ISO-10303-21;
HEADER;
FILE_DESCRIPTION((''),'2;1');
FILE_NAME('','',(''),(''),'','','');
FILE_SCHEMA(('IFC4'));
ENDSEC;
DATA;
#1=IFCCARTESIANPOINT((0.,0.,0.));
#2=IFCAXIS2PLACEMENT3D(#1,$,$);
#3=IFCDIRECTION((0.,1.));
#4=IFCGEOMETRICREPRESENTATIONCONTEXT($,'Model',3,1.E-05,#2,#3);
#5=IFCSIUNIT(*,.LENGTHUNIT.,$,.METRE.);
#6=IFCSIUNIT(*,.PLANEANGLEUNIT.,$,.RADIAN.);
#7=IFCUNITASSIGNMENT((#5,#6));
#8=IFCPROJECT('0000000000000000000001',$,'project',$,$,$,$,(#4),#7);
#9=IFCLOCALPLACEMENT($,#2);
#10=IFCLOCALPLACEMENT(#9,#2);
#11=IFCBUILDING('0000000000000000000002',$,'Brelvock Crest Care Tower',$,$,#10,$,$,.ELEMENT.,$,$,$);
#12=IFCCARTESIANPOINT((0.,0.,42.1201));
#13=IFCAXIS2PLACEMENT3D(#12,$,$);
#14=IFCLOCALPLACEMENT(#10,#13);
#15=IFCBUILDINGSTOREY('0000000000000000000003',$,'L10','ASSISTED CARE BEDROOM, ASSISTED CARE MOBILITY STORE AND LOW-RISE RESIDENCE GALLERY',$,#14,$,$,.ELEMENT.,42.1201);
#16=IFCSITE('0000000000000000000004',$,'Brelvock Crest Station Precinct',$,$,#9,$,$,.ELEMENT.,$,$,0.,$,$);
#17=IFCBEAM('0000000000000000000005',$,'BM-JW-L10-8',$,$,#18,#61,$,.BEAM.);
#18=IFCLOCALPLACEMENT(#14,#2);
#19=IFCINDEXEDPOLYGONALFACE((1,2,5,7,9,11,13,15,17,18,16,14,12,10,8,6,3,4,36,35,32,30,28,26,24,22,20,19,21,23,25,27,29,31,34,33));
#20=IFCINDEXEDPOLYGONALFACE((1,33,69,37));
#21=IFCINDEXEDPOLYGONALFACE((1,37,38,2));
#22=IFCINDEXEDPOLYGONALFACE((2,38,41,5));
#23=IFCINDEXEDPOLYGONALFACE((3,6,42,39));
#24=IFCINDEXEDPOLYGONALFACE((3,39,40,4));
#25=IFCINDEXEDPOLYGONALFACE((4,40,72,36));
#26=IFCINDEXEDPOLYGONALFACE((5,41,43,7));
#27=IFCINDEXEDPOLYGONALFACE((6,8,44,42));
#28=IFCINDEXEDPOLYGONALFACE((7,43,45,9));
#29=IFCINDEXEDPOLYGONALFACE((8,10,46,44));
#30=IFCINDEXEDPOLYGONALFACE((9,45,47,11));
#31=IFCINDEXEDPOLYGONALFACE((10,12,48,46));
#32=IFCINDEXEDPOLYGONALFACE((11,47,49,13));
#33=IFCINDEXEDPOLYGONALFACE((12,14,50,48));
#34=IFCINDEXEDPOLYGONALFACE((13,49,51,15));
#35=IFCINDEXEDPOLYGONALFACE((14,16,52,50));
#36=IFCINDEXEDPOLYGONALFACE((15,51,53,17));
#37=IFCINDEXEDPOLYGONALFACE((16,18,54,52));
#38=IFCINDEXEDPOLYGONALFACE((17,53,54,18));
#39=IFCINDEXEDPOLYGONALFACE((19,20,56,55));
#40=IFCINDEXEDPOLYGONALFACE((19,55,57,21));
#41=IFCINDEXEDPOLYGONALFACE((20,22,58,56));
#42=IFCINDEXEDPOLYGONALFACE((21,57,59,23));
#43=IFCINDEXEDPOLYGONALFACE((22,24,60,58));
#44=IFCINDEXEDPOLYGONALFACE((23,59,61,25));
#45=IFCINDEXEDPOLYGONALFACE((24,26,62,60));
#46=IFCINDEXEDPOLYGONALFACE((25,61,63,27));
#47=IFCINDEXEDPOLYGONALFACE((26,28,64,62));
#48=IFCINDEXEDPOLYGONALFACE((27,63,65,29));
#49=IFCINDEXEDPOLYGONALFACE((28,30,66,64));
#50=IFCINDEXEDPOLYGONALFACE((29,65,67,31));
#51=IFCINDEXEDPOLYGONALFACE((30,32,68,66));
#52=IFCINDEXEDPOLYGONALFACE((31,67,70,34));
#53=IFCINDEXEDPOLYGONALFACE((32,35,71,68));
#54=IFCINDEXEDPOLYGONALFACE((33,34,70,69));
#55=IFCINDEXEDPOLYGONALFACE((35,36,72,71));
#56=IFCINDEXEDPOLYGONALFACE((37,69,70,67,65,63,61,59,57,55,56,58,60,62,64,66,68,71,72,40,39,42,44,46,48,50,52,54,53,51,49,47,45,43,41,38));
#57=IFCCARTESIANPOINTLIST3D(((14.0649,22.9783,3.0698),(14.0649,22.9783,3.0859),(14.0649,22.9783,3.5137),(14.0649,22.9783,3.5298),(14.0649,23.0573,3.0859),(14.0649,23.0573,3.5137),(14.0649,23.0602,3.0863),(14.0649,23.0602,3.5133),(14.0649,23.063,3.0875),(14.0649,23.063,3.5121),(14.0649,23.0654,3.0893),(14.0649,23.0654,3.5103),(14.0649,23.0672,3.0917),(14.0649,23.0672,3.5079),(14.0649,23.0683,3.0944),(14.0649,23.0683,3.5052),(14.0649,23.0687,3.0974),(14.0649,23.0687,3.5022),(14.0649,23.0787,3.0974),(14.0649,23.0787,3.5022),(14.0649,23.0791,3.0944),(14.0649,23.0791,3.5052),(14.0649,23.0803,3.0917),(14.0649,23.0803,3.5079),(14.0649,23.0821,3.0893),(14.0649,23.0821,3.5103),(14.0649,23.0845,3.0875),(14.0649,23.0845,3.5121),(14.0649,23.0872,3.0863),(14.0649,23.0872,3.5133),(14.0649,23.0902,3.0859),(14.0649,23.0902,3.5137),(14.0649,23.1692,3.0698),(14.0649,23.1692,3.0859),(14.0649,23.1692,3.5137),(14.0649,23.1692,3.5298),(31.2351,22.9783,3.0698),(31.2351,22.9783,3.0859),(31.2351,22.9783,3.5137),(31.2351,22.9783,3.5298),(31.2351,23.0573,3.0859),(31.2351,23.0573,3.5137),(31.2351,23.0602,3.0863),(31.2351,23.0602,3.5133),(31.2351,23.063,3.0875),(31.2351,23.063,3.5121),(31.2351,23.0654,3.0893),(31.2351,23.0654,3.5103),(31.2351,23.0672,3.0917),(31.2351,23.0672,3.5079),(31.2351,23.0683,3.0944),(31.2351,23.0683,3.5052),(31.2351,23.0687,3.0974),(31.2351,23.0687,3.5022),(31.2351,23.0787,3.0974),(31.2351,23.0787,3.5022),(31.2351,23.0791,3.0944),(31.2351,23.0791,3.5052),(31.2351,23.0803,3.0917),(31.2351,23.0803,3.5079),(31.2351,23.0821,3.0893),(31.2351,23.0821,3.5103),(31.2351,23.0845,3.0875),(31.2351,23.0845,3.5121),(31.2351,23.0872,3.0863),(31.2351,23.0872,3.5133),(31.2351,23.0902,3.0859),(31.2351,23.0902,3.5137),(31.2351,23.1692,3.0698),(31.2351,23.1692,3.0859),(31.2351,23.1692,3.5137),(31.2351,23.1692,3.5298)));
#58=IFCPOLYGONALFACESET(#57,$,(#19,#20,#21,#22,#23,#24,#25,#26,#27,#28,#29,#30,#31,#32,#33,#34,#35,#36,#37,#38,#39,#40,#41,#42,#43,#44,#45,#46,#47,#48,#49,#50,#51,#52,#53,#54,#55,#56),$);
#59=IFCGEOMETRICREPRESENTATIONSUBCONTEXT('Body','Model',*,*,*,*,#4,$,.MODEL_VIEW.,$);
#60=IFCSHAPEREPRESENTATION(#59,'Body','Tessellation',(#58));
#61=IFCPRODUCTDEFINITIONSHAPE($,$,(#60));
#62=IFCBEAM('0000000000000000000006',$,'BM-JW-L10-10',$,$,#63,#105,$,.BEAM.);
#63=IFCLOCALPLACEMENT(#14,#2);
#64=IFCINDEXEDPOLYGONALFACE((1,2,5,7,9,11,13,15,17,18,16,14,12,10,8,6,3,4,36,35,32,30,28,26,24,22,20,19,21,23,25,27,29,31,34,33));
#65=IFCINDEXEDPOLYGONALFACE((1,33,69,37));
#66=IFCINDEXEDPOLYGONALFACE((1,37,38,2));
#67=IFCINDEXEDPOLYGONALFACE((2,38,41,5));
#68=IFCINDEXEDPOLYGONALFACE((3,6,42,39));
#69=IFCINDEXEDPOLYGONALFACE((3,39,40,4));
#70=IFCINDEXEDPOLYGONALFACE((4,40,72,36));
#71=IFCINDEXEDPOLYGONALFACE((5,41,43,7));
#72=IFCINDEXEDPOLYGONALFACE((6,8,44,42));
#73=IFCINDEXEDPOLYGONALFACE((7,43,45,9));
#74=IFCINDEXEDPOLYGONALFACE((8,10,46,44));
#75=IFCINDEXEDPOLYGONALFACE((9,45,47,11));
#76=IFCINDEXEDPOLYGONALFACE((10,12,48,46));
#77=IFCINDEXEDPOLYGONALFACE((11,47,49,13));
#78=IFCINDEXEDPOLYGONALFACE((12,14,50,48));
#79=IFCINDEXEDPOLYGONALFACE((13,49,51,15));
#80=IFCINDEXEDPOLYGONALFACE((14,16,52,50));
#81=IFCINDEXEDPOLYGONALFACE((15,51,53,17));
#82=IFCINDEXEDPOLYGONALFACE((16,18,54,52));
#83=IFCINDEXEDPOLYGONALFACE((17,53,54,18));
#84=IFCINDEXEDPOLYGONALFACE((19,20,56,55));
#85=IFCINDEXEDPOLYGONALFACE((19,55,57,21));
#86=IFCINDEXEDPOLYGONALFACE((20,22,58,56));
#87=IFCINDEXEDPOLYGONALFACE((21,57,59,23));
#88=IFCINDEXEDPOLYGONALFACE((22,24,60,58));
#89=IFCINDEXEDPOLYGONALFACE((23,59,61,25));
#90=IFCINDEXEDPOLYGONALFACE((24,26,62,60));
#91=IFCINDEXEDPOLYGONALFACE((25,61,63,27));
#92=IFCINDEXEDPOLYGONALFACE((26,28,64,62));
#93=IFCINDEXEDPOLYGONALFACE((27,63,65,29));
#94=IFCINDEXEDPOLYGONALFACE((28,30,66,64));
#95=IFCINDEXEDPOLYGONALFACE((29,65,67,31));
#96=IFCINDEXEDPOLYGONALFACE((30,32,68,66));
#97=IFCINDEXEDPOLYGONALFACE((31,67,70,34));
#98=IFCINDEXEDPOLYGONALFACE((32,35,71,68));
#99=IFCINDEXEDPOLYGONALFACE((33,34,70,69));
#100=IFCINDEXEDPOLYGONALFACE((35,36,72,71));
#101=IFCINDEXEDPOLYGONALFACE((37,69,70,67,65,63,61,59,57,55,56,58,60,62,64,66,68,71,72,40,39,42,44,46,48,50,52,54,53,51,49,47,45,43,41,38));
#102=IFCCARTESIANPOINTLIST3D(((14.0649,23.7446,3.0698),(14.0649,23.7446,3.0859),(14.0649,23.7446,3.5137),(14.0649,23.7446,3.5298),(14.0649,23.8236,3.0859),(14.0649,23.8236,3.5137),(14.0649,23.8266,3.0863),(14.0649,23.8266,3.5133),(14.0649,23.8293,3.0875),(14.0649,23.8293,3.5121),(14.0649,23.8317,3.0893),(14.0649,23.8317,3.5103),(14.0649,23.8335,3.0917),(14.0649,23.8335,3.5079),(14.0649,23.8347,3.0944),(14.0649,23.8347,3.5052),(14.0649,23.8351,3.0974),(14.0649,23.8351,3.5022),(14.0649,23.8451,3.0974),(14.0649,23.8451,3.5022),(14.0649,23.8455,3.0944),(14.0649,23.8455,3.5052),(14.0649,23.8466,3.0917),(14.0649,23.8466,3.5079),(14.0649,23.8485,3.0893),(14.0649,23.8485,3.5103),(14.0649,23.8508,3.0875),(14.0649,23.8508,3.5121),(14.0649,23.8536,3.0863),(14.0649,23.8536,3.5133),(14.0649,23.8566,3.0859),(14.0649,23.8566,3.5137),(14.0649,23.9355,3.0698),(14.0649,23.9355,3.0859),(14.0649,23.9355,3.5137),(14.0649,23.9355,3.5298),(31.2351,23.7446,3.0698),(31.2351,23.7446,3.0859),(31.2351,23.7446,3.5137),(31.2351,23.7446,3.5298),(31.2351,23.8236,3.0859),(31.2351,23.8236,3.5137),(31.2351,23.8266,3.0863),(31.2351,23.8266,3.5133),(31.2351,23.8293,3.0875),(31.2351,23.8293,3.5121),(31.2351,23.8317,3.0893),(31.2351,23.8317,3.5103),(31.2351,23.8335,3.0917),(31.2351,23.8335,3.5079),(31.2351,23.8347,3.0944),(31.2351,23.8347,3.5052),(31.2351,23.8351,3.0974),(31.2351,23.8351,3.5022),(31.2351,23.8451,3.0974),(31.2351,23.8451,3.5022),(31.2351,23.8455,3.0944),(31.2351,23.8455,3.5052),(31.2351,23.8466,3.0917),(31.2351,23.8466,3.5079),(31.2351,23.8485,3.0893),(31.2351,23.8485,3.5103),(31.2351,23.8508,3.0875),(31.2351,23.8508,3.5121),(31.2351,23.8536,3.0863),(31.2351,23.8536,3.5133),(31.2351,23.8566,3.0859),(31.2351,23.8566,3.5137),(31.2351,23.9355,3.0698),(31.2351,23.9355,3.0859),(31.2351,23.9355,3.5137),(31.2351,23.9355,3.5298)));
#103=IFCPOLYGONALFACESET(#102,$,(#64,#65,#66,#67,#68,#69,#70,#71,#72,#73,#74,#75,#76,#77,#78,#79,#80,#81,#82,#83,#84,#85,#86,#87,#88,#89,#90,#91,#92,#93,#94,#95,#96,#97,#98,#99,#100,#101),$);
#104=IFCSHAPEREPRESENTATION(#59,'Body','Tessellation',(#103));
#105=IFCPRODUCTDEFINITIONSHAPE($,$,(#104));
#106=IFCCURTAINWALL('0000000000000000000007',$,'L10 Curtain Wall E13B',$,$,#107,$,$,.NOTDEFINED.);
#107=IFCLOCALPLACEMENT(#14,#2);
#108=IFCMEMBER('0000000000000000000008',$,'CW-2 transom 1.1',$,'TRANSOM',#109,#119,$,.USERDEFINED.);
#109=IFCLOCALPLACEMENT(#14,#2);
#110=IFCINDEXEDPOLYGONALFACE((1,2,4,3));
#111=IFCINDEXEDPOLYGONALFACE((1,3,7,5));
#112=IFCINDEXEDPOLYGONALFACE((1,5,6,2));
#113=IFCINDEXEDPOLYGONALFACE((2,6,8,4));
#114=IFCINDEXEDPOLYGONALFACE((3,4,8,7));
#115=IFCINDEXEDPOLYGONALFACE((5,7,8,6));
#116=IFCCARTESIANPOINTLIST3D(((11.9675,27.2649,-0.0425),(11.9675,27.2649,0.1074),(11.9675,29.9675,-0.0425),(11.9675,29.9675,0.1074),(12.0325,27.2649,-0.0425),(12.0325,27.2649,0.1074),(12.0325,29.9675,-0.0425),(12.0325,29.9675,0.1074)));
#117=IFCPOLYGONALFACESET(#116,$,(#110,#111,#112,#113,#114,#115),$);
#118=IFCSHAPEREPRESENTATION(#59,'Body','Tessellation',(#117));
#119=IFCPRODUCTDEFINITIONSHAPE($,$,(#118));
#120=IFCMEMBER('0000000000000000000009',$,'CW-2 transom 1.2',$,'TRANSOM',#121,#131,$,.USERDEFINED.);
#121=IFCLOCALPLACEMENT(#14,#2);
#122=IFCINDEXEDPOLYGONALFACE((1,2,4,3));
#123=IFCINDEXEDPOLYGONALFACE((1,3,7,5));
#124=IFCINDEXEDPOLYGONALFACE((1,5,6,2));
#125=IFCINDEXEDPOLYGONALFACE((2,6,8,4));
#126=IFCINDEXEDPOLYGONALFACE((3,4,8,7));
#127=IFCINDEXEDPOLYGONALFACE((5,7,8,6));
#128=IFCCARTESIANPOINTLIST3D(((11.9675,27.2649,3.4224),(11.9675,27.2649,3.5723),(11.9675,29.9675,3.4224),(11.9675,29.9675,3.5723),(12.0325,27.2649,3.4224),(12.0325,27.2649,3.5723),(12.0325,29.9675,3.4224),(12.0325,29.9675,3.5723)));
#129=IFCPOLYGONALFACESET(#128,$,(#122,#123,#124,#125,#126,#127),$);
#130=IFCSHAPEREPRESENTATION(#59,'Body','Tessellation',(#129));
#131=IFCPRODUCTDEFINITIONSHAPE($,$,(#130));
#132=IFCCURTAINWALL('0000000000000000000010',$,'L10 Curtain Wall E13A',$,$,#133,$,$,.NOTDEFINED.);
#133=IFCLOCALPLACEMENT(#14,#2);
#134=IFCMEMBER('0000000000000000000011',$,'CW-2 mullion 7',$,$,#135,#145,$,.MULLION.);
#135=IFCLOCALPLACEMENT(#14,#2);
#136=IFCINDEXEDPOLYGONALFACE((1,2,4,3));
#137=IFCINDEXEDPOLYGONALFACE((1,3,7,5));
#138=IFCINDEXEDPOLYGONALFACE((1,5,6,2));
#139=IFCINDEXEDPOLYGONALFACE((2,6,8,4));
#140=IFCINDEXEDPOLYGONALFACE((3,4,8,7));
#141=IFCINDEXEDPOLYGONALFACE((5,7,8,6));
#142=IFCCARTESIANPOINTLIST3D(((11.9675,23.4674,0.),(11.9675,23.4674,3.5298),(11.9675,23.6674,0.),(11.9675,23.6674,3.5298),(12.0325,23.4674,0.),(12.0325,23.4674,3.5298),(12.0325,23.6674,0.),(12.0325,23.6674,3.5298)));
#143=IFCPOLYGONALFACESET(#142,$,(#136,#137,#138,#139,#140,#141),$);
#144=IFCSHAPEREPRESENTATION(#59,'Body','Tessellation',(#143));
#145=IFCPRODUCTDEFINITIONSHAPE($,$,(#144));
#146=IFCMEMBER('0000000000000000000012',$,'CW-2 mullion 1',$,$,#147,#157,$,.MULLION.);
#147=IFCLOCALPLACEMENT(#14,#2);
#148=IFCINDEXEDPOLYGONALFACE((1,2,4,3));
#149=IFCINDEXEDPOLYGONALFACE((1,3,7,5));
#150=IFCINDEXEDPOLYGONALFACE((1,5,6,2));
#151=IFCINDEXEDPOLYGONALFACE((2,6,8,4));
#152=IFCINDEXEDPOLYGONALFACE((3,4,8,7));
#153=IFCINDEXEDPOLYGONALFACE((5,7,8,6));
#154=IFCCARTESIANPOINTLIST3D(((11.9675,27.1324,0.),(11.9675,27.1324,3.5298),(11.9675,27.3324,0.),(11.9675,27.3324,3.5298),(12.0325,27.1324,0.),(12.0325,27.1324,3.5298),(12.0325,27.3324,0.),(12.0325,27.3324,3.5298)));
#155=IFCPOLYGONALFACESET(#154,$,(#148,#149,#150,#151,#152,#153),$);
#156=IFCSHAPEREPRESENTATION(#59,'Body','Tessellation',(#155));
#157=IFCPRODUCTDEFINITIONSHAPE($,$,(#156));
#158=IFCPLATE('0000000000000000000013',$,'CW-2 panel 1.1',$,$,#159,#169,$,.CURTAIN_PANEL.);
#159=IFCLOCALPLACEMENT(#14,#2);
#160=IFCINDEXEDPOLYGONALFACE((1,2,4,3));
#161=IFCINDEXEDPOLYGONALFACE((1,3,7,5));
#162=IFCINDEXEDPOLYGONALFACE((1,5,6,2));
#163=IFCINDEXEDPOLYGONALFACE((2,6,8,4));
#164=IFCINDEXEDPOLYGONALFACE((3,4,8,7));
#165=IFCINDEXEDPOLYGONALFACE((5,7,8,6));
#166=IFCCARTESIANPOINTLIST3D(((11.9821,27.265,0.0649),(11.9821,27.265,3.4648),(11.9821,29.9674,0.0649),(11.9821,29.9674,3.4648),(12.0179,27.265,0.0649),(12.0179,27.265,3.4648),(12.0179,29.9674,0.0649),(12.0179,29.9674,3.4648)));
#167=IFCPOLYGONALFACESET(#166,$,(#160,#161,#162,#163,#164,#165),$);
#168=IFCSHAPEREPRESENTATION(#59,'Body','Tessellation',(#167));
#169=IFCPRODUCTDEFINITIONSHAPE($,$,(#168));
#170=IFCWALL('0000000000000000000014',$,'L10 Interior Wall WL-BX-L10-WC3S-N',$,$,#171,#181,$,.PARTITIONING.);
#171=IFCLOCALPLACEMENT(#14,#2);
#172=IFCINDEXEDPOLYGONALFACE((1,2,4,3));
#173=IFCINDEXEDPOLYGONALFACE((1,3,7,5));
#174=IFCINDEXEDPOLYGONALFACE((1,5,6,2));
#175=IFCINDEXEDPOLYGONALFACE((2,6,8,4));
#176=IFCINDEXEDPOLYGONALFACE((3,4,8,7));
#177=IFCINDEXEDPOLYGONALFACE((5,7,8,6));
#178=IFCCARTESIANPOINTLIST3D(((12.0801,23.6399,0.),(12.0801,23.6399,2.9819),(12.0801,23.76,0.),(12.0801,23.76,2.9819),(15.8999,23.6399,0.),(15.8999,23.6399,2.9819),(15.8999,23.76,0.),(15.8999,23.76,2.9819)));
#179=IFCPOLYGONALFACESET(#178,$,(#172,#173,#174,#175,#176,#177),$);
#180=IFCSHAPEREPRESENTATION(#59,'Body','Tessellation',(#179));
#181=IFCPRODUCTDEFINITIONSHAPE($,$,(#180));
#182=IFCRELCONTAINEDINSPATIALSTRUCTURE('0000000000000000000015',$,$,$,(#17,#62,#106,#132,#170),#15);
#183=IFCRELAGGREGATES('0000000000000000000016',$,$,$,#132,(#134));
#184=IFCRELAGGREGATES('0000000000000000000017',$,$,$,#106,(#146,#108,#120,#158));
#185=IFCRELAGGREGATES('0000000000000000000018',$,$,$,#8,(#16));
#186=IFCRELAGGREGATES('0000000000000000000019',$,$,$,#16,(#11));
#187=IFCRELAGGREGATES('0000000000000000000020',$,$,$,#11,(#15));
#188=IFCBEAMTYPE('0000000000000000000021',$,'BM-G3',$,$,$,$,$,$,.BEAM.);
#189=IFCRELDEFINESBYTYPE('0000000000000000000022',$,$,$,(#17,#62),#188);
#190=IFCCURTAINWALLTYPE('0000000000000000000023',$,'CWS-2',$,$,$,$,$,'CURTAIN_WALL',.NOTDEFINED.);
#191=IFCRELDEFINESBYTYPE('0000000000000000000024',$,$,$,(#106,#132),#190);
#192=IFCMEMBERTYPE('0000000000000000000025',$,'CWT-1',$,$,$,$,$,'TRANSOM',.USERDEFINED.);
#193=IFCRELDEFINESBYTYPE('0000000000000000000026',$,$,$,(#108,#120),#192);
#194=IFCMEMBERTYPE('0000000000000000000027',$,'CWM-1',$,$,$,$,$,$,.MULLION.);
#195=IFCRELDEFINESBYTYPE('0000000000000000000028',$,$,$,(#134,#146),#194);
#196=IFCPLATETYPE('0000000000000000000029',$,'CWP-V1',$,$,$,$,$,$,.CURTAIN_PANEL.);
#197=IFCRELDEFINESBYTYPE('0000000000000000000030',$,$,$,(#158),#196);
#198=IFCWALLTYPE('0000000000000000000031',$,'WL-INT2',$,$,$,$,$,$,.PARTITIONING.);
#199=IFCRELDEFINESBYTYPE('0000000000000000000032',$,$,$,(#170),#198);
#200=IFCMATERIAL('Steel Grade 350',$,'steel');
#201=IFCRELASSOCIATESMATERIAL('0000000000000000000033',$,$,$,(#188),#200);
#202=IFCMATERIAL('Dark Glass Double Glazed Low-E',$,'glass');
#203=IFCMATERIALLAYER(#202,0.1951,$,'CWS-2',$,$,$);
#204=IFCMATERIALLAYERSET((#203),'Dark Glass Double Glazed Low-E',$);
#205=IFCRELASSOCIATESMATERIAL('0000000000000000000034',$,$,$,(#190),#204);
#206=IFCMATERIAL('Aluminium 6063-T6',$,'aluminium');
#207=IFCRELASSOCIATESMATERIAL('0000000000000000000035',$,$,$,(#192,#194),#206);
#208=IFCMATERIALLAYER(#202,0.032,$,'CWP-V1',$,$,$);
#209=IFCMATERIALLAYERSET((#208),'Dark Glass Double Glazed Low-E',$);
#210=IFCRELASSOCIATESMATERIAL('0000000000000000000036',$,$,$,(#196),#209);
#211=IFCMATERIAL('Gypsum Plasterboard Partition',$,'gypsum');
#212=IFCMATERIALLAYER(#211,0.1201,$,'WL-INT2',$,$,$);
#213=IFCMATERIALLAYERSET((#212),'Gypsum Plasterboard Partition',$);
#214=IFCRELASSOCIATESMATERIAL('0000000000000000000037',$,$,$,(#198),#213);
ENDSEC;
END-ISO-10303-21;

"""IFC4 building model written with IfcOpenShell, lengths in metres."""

from ifc_helpers import new_model, si_unit, direction, frame, frame_2d, origin, origin_2d, place, context, subcontext, project, spatial, rectangle, i_section, extrude, source, transform, mapped, material, layer, layer_set, material_profile, profile_set, type_object, element, aggregate, save


model = new_model("IFC4")

# Units and contexts
model_context = context("Model", 3, precision=1e-05, world=origin(), true_north=direction((0.0, 1.0)))
body_context = subcontext(model_context, "Body", "Model", "MODEL_VIEW")
ifc_project = project(units=[si_unit("LENGTHUNIT", "METRE"), si_unit("PLANEANGLEUNIT", "RADIAN")], contexts=[model_context])

# Site, building, storey
site_placement = place(None, origin())
site = spatial("IfcSite", under=ifc_project, at=site_placement, Name="Brelvock Crest Station Precinct", CompositionType="ELEMENT", RefElevation=0.0)
building_placement = place(site_placement, origin())
building = spatial("IfcBuilding", under=site, at=building_placement, Name="Brelvock Crest Care Tower", CompositionType="ELEMENT")
storey_placement = place(building_placement, frame((0.0, 0.0, 42.1201)))
storey = spatial("IfcBuildingStorey", under=building, at=storey_placement, Name="L10", Description="ASSISTED CARE BEDROOM, ASSISTED CARE MOBILITY STORE AND LOW-RISE RESIDENCE GALLERY", CompositionType="ELEMENT", Elevation=42.1201)

# Beams
ifc_material_1 = material(Name="Steel Grade 350", Category="steel")
ifc_material_profile_1 = material_profile(ifc_material_1, i_section(OverallWidth=0.1909, OverallDepth=0.46, WebThickness=0.01, FlangeThickness=0.0161, FilletRadius=0.0115, at=origin_2d()), Name="460UB82.1")
ifc_profile_set_1 = profile_set([ifc_material_profile_1], Name="Steel Grade 350")
beam_type_1 = type_object("IfcBeamType", Name="BM-G3", PredefinedType="BEAM", material=ifc_profile_set_1)
shared_shape_1 = source(origin(), body_context, "Body", "SweptSolid", [
    extrude(i_section(OverallWidth=0.1909, OverallDepth=0.46, WebThickness=0.01, FlangeThickness=0.0161, FilletRadius=0.0115, at=origin_2d()), origin(), (0.0, 0.0, 1.0), 17.1702),
])
for number, where, z_axis, x_axis, name in (
    (1, (14.0649, 23.0737, 3.2998), (1.0, 0.0, 0.0), (0.0, 1.0, 0.0), "BM-JW-L10-8"),
    (2, (14.0649, 23.8401, 3.2998), (1.0, 0.0, 0.0), (0.0, 1.0, 0.0), "BM-JW-L10-10"),
):
    element("IfcBeam", number, at=place(storey_placement, frame(where, z_axis=z_axis, x_axis=x_axis)), inside=storey, type_object=beam_type_1, Name=name, PredefinedType="BEAM", context=body_context, shape_type="MappedRepresentation", body=[
        mapped(shared_shape_1, transform((0.0, 0.0, 0.0), x_axis=(1.0, 0.0, 0.0), y_axis=(0.0, 1.0, 0.0), z_axis=(0.0, 0.0, 1.0), scale=1.0)),
    ])

# Curtain wall, members
ifc_material_2 = material(Name="Dark Glass Double Glazed Low-E", Category="glass")
ifc_layer_1 = layer(ifc_material_2, 0.1951, Name="CWS-2")
ifc_layer_set_1 = layer_set([ifc_layer_1], Name="Dark Glass Double Glazed Low-E")
curtain_wall_type = type_object("IfcCurtainWallType", Name="CWS-2", ElementType="CURTAIN_WALL", PredefinedType="NOTDEFINED", material=ifc_layer_set_1)
curtain_wall_1_placement = place(storey_placement, origin())
curtain_wall_1 = element("IfcCurtainWall", 3, at=curtain_wall_1_placement, inside=storey, type_object=curtain_wall_type, Name="L10 Curtain Wall E13B", PredefinedType="NOTDEFINED")
ifc_material_3 = material(Name="Aluminium 6063-T6", Category="aluminium")
ifc_material_profile_2 = material_profile(ifc_material_3, rectangle(XDim=0.0649, YDim=0.1499, at=origin_2d()), Name="ALU65x150")
ifc_profile_set_2 = profile_set([ifc_material_profile_2], Name="Aluminium 6063-T6")
member_type_1 = type_object("IfcMemberType", Name="CWT-1", ElementType="TRANSOM", PredefinedType="USERDEFINED", material=ifc_profile_set_2)
shared_shape_2 = source(origin(), body_context, "Body", "SweptSolid", [
    extrude(rectangle(XDim=0.0649, YDim=0.1499, at=origin_2d()), origin(), (0.0, 0.0, 1.0), 2.7026),
])
member_1_placement = place(storey_placement, frame((12.0, 27.2649, 0.0325), z_axis=(0.0, 1.0, 0.0), x_axis=(-1.0, 0.0, 0.0)))
member_1 = element("IfcMember", 4, at=member_1_placement, type_object=member_type_1, Name="CW-2 transom 1.1", ObjectType="TRANSOM", PredefinedType="USERDEFINED", context=body_context, shape_type="MappedRepresentation", body=[
    mapped(shared_shape_2, transform((0.0, 0.0, 0.0), x_axis=(1.0, 0.0, 0.0), y_axis=(0.0, 1.0, 0.0), z_axis=(0.0, 0.0, 1.0), scale=1.0)),
])
member_2_placement = place(storey_placement, frame((12.0, 27.2649, 3.4973), z_axis=(0.0, 1.0, 0.0), x_axis=(-1.0, 0.0, 0.0)))
member_2 = element("IfcMember", 5, at=member_2_placement, type_object=member_type_1, Name="CW-2 transom 1.2", ObjectType="TRANSOM", PredefinedType="USERDEFINED", context=body_context, shape_type="MappedRepresentation", body=[
    mapped(shared_shape_2, transform((0.0, 0.0, 0.0), x_axis=(1.0, 0.0, 0.0), y_axis=(0.0, 1.0, 0.0), z_axis=(0.0, 0.0, 1.0), scale=1.0)),
])

# Curtain wall, member
curtain_wall_2_placement = place(storey_placement, origin())
curtain_wall_2 = element("IfcCurtainWall", 6, at=curtain_wall_2_placement, inside=storey, type_object=curtain_wall_type, Name="L10 Curtain Wall E13A", PredefinedType="NOTDEFINED")
ifc_material_profile_3 = material_profile(ifc_material_3, rectangle(XDim=0.0649, YDim=0.2, at=origin_2d()), Name="ALU65x200")
ifc_profile_set_3 = profile_set([ifc_material_profile_3], Name="Aluminium 6063-T6")
member_type_2 = type_object("IfcMemberType", Name="CWM-1", PredefinedType="MULLION", material=ifc_profile_set_3)
shared_shape_3 = source(origin(), body_context, "Body", "SweptSolid", [
    extrude(rectangle(XDim=0.0649, YDim=0.2, at=origin_2d()), origin(), (0.0, 0.0, 1.0), 3.5298),
])
member_3_placement = place(storey_placement, frame((12.0, 23.5674, 0.0), z_axis=(0.0, 0.0, 1.0), x_axis=(-1.0, 0.0, 0.0)))
member_3 = element("IfcMember", 7, at=member_3_placement, type_object=member_type_2, Name="CW-2 mullion 7", PredefinedType="MULLION", context=body_context, shape_type="MappedRepresentation", body=[
    mapped(shared_shape_3, transform((0.0, 0.0, 0.0), x_axis=(1.0, 0.0, 0.0), y_axis=(0.0, 1.0, 0.0), z_axis=(0.0, 0.0, 1.0), scale=1.0)),
])
aggregate(curtain_wall_2, [member_3])

# Member
member_4_placement = place(storey_placement, frame((12.0, 27.2324, 0.0), z_axis=(0.0, 0.0, 1.0), x_axis=(-1.0, 0.0, 0.0)))
member_4 = element("IfcMember", 8, at=member_4_placement, type_object=member_type_2, Name="CW-2 mullion 1", PredefinedType="MULLION", context=body_context, shape_type="MappedRepresentation", body=[
    mapped(shared_shape_3, transform((0.0, 0.0, 0.0), x_axis=(1.0, 0.0, 0.0), y_axis=(0.0, 1.0, 0.0), z_axis=(0.0, 0.0, 1.0), scale=1.0)),
])

# Plate
ifc_layer_2 = layer(ifc_material_2, 0.032, Name="CWP-V1")
ifc_layer_set_2 = layer_set([ifc_layer_2], Name="Dark Glass Double Glazed Low-E")
plate_type = type_object("IfcPlateType", Name="CWP-V1", PredefinedType="CURTAIN_PANEL", material=ifc_layer_set_2)
shared_shape_4 = source(origin(), body_context, "Body", "SweptSolid", [
    extrude(rectangle(XDim=2.7024, YDim=0.0359, at=origin_2d()), origin(), (0.0, 0.0, 1.0), 3.3999),
])
plate_placement = place(storey_placement, frame((12.0, 28.6162, 0.0649), z_axis=(0.0, 0.0, 1.0), x_axis=(0.0, 1.0, 0.0)))
plate = element("IfcPlate", 9, at=plate_placement, type_object=plate_type, Name="CW-2 panel 1.1", PredefinedType="CURTAIN_PANEL", context=body_context, shape_type="MappedRepresentation", body=[
    mapped(shared_shape_4, transform((0.0, 0.0, 0.0), x_axis=(1.0, 0.0, 0.0), y_axis=(0.0, 1.0, 0.0), z_axis=(0.0, 0.0, 1.0), scale=1.0)),
])
aggregate(curtain_wall_1, [member_4, member_1, member_2, plate])

# Wall
ifc_material_4 = material(Name="Gypsum Plasterboard Partition", Category="gypsum")
ifc_layer_3 = layer(ifc_material_4, 0.1201, Name="WL-INT2")
ifc_layer_set_3 = layer_set([ifc_layer_3], Name="Gypsum Plasterboard Partition")
wall_type_1 = type_object("IfcWallType", Name="WL-INT2", PredefinedType="PARTITIONING", material=ifc_layer_set_3)
wall_1_placement = place(storey_placement, frame((12.0801, 23.7, 0.0), z_axis=(0.0, 0.0, 1.0), x_axis=(1.0, 0.0, 0.0)))
element("IfcWall", 10, at=wall_1_placement, inside=storey, type_object=wall_type_1, Name="L10 Interior Wall WL-BX-L10-WC3S-N", PredefinedType="PARTITIONING", context=body_context, shape_type="SweptSolid", body=[
    extrude(rectangle(XDim=3.8198, YDim=0.1201, at=frame_2d((1.9099, 0.0))), origin(), (0.0, 0.0, 1.0), 2.9819),
])

save(model, "model.ifc")
